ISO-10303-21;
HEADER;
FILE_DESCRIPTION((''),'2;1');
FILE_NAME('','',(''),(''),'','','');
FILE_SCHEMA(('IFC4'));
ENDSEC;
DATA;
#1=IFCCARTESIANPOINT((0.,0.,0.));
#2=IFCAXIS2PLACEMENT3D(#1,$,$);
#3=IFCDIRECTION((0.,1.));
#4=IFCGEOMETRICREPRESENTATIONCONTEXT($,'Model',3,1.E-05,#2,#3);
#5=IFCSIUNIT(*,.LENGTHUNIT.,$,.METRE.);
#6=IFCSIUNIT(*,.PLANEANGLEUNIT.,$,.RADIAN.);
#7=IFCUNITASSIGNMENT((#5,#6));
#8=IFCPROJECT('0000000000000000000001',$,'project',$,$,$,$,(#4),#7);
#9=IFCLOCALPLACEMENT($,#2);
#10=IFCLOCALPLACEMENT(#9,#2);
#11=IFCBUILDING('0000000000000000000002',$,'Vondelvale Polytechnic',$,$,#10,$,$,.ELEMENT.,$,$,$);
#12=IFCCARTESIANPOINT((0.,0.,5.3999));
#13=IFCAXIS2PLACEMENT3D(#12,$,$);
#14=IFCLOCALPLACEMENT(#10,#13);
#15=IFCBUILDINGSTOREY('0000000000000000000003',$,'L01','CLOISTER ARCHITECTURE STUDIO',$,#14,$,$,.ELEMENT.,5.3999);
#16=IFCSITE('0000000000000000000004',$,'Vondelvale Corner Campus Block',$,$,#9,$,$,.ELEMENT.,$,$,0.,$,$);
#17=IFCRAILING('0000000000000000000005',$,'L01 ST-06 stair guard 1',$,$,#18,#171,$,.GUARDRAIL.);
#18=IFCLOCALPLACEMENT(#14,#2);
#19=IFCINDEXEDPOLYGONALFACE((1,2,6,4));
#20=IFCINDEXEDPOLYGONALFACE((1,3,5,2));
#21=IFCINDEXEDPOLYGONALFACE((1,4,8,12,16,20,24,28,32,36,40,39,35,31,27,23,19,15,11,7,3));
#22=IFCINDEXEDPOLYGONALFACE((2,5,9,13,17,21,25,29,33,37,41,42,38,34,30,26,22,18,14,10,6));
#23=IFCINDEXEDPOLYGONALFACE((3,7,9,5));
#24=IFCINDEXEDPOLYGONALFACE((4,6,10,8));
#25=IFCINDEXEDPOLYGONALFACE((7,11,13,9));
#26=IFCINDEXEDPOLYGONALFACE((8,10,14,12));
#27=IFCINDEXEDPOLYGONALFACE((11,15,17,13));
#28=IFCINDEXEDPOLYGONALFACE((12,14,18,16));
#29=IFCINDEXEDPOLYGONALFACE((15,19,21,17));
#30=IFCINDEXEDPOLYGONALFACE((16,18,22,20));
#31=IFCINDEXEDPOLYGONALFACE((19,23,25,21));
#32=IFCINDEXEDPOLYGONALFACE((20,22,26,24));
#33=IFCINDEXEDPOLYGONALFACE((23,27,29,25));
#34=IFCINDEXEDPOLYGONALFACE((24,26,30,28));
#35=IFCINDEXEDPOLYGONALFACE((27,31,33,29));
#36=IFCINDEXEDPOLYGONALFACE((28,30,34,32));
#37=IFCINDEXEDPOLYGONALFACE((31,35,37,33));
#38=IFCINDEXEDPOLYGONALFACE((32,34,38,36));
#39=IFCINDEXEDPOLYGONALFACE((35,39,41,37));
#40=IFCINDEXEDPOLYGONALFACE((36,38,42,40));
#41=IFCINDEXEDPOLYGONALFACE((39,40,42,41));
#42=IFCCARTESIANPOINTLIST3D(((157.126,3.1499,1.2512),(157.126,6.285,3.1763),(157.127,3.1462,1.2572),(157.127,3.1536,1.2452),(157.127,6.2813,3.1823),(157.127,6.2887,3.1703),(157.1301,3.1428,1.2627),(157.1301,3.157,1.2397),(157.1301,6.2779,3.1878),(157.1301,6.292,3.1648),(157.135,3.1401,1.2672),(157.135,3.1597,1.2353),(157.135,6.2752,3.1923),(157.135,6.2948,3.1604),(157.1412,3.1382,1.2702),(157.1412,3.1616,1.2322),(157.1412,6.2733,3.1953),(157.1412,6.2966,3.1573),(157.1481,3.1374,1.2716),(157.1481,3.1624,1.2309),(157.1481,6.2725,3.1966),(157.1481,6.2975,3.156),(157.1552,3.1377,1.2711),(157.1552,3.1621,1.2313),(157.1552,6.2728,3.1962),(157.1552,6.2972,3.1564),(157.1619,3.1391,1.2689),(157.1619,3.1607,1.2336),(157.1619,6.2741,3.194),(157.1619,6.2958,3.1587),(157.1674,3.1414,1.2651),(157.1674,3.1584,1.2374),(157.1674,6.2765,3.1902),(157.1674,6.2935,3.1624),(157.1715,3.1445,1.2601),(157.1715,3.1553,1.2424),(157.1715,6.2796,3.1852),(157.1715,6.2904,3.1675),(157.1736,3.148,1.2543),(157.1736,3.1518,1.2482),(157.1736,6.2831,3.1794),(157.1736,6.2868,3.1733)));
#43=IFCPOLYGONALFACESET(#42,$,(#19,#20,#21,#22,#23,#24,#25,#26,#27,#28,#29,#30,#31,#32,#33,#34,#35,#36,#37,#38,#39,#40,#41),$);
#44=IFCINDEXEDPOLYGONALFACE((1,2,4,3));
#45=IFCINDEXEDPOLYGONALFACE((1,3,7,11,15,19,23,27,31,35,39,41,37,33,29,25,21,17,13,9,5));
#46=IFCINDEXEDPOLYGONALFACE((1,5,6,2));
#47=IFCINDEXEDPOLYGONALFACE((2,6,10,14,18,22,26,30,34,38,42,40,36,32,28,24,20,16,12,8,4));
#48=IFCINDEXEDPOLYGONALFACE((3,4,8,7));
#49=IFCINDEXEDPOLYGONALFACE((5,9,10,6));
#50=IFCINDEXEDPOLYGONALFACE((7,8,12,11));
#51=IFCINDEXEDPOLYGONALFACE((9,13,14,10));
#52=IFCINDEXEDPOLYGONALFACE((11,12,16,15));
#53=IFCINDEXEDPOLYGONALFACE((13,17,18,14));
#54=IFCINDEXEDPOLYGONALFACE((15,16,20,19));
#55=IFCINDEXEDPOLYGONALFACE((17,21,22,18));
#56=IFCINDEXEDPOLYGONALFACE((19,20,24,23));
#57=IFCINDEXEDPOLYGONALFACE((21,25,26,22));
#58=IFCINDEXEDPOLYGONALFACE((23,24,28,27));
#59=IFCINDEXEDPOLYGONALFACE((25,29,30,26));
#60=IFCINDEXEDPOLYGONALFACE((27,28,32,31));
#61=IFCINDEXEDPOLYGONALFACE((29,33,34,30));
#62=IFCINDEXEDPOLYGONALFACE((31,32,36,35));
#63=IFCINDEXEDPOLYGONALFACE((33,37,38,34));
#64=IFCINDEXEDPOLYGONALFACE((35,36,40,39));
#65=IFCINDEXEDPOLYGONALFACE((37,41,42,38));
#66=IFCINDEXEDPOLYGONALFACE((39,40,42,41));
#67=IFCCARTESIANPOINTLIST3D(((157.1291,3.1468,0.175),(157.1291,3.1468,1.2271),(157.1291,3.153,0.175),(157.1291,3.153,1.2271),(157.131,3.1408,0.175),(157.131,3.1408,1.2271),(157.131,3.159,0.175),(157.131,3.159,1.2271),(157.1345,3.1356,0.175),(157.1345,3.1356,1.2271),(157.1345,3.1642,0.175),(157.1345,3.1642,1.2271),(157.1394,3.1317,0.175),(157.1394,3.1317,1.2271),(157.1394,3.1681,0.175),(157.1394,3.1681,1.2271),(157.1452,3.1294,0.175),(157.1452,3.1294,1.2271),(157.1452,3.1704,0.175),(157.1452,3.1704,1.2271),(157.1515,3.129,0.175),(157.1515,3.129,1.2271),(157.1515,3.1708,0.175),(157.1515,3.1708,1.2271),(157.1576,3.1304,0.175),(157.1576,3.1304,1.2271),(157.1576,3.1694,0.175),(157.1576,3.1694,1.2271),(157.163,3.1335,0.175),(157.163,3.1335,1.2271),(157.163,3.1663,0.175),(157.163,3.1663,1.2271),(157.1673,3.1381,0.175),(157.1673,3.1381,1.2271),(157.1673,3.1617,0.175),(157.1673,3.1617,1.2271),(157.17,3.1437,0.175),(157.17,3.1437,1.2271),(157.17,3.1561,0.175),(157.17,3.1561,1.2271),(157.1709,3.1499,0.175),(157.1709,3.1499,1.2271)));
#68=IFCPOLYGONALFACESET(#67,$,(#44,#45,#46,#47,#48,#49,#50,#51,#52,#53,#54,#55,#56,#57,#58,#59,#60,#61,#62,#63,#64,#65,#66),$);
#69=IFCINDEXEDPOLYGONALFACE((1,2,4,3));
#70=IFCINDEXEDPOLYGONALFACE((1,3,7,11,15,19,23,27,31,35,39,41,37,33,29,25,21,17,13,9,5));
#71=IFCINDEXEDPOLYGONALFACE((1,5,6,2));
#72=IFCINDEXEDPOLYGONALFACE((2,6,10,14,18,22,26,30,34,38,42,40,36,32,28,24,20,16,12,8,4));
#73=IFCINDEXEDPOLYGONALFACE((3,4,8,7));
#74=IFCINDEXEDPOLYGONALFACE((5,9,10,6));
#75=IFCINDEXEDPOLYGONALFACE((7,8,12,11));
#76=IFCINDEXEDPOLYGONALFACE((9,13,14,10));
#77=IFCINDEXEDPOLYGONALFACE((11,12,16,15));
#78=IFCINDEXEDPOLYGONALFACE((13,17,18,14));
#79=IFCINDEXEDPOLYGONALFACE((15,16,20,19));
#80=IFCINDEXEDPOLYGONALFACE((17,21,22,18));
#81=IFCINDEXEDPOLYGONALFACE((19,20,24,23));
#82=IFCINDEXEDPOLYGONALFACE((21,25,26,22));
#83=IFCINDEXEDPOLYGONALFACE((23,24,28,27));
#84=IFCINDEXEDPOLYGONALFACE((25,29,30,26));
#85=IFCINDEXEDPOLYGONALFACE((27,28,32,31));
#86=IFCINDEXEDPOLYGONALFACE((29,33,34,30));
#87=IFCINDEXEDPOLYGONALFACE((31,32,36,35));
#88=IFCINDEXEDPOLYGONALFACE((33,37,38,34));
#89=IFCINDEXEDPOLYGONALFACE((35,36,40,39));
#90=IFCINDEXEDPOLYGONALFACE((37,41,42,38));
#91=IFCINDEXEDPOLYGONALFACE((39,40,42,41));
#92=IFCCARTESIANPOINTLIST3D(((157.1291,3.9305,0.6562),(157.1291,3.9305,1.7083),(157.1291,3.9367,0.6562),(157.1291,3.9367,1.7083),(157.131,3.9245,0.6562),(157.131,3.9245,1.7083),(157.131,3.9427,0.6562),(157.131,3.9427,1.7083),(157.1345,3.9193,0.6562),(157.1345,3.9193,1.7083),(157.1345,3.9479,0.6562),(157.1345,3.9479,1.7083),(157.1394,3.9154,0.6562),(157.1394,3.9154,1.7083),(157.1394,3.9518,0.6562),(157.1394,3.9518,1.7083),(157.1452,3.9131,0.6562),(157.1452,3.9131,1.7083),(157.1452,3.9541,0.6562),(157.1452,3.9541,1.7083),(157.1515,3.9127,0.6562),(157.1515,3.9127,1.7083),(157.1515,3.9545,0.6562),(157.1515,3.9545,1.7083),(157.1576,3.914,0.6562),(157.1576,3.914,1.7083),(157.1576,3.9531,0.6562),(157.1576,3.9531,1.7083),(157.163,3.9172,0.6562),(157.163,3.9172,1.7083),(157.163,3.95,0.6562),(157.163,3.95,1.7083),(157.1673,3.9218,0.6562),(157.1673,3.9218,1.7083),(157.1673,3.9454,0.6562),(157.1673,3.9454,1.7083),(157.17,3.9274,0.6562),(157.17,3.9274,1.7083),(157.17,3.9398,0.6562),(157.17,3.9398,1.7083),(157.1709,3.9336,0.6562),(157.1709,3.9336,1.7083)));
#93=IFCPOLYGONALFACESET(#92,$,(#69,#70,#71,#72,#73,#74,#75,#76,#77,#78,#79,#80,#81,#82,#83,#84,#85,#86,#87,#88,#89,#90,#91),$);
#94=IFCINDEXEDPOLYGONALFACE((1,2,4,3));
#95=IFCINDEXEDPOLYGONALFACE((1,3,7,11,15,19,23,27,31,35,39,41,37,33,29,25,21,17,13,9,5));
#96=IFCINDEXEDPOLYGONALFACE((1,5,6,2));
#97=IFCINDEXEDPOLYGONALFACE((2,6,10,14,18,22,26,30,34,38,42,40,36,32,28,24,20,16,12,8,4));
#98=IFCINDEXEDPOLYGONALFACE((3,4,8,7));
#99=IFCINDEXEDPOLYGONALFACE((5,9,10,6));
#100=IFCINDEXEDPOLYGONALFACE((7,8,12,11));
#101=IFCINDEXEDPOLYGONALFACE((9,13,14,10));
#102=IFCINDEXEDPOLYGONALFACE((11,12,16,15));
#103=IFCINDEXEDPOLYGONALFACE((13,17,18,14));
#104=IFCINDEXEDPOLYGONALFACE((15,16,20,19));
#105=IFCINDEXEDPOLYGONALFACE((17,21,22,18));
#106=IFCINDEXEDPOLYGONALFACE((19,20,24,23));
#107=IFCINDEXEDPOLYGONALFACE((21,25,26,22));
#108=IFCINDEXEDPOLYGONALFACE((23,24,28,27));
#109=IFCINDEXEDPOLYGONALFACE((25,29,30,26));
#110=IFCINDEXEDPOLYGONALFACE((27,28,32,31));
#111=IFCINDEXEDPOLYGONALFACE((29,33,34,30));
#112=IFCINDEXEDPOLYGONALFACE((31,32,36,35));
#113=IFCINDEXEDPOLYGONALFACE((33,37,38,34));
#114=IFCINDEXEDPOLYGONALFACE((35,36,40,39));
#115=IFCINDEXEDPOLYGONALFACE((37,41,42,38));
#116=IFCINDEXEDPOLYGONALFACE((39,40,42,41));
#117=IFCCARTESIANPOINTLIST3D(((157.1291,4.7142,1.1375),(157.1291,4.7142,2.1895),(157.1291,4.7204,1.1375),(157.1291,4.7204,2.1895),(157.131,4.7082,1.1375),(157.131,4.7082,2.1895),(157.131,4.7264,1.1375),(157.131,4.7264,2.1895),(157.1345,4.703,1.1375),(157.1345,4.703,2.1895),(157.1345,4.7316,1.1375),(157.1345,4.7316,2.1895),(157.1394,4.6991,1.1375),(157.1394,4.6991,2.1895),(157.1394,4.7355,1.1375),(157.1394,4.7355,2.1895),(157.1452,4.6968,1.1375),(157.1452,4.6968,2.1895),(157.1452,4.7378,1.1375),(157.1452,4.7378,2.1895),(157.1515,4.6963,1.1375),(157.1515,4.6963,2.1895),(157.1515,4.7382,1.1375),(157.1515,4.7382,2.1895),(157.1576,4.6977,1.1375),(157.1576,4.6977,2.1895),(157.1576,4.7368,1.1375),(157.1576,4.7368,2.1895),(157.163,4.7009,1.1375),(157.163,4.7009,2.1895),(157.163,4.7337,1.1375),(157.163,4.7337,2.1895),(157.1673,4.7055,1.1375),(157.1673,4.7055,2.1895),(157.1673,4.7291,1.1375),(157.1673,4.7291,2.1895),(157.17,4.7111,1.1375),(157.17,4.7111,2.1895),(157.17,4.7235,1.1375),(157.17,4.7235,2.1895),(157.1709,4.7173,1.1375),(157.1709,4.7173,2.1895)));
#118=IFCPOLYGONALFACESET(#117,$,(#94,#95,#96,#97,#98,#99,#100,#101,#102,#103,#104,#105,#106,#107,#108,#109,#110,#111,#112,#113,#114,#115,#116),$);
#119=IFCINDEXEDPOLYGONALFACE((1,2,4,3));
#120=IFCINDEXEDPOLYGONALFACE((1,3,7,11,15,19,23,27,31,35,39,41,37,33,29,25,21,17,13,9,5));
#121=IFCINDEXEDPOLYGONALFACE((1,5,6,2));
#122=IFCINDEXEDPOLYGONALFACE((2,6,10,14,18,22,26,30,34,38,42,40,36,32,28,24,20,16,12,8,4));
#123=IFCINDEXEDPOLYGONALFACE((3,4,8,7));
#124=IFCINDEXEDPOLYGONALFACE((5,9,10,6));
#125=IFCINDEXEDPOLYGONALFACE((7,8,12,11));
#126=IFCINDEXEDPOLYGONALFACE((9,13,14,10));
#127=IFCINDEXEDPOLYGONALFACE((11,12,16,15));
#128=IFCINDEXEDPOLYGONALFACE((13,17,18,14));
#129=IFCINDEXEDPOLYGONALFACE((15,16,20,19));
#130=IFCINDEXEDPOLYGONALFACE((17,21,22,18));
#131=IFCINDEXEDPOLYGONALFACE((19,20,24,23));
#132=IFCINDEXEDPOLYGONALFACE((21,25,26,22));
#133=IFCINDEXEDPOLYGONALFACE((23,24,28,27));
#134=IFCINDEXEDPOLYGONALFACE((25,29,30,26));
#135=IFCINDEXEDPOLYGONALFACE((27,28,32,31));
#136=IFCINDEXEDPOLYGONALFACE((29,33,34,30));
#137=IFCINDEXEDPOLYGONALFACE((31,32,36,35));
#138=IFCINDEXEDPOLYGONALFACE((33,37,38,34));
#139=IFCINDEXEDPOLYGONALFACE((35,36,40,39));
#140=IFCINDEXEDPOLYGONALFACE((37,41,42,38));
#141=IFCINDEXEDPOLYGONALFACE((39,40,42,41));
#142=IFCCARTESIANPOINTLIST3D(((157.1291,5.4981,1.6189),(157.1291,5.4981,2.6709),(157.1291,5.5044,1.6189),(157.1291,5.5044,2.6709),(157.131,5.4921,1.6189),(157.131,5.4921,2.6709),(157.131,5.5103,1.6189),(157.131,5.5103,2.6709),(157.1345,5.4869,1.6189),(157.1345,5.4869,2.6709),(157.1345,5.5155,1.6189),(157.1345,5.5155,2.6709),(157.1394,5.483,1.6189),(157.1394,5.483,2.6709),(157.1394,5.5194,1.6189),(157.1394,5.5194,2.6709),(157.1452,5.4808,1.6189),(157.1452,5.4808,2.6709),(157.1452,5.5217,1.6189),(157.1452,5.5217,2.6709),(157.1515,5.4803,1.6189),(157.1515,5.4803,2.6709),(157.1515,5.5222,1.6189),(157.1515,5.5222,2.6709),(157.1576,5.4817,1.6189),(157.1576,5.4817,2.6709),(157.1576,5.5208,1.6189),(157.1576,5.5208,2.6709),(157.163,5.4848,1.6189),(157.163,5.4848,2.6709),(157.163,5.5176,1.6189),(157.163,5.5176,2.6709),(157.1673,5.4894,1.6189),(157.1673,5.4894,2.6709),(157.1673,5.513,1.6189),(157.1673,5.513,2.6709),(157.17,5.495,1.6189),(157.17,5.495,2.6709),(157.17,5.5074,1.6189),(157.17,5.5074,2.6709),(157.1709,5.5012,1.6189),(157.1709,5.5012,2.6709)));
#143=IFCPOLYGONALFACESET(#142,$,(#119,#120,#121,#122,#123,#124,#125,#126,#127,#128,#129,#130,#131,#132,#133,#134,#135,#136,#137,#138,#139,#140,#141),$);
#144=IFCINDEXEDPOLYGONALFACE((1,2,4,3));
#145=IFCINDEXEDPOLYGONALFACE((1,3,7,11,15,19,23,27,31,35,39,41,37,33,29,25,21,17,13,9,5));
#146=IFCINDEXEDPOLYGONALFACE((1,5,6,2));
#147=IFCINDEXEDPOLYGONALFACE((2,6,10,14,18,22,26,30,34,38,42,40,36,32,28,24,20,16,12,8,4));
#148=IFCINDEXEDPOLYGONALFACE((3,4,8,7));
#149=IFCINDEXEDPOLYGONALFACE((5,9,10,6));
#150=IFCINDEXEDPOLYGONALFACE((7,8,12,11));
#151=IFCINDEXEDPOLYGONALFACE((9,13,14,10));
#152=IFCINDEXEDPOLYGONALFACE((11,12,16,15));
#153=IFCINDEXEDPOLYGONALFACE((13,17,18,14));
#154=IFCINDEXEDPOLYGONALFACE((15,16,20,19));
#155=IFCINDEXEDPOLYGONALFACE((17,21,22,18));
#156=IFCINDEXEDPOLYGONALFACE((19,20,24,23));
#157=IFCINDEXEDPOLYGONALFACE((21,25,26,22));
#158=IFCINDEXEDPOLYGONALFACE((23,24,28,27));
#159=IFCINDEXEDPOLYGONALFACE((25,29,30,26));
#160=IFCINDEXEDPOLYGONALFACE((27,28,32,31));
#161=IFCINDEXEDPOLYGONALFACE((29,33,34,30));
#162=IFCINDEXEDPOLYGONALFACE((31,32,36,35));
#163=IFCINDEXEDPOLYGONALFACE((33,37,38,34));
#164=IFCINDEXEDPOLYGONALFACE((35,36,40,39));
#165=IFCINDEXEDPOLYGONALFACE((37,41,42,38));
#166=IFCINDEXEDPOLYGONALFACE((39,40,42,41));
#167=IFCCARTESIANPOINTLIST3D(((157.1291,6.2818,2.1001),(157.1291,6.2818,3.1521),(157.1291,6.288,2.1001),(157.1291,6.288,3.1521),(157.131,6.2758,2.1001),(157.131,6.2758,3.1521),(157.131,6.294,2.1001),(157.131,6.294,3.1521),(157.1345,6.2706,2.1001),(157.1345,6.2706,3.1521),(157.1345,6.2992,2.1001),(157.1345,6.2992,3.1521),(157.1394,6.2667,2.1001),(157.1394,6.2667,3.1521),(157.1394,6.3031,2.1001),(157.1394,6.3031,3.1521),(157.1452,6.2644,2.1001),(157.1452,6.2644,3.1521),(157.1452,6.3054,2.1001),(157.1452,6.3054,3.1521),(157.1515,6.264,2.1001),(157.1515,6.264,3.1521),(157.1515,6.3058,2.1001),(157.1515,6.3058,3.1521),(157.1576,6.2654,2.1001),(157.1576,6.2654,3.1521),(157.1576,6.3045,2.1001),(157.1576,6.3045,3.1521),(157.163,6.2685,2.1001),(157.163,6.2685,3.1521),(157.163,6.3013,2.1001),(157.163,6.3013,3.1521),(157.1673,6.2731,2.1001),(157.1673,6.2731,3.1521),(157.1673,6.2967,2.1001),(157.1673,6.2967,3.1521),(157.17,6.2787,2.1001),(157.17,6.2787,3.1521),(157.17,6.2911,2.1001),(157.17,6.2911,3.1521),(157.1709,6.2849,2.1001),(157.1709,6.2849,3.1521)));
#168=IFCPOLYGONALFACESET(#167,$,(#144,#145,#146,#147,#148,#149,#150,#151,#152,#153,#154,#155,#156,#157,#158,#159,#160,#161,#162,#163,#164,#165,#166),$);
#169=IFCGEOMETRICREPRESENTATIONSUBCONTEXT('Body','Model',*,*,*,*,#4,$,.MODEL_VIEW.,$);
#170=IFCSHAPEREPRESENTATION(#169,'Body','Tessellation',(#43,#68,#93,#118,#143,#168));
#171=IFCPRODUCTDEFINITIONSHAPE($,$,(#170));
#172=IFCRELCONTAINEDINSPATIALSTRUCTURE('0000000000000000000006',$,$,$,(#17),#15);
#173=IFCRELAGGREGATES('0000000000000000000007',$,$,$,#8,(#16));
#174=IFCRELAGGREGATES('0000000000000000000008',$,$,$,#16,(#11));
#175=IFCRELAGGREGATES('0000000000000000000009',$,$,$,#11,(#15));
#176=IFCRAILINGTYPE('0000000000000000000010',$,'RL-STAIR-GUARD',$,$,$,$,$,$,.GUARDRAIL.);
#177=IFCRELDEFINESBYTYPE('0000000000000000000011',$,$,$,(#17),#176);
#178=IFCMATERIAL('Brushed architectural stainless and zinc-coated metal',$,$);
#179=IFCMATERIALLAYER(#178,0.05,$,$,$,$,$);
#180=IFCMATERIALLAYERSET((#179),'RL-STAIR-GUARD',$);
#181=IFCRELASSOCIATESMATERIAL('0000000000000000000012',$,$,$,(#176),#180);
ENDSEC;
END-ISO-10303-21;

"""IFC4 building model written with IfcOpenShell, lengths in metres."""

from ifc_helpers import new_model, si_unit, direction, frame, origin, origin_2d, place, context, subcontext, project, spatial, circle, extrude, material, layer, layer_set, type_object, element, save


model = new_model("IFC4")

# Units and contexts
model_context = context("Model", 3, precision=1e-05, world=origin(), true_north=direction((0.0, 1.0)))
body_context = subcontext(model_context, "Body", "Model", "MODEL_VIEW")
ifc_project = project(units=[si_unit("LENGTHUNIT", "METRE"), si_unit("PLANEANGLEUNIT", "RADIAN")], contexts=[model_context])

# Site, building, storey
site_placement = place(None, origin())
site = spatial("IfcSite", under=ifc_project, at=site_placement, Name="Vondelvale Corner Campus Block", CompositionType="ELEMENT", RefElevation=0.0)
building_placement = place(site_placement, origin())
building = spatial("IfcBuilding", under=site, at=building_placement, Name="Vondelvale Polytechnic", CompositionType="ELEMENT")
storey_placement = place(building_placement, frame((0.0, 0.0, 5.3999)))
storey = spatial("IfcBuildingStorey", under=building, at=storey_placement, Name="L01", Description="CLOISTER ARCHITECTURE STUDIO", CompositionType="ELEMENT", Elevation=5.3999)

# Shared definitions
ifc_material_1 = material(Name="Brushed architectural stainless and zinc-coated metal")

# Railing
ifc_layer_1 = layer(ifc_material_1, 0.05)
ifc_layer_set_1 = layer_set([ifc_layer_1], Name="RL-STAIR-GUARD")
railing_type_1 = type_object("IfcRailingType", Name="RL-STAIR-GUARD", PredefinedType="GUARDRAIL", material=ifc_layer_set_1)
railing_1_placement = place(storey_placement, frame((157.1499, 3.1499, 0.175)))
element("IfcRailing", 1, at=railing_1_placement, inside=storey, type_object=railing_type_1, Name="L01 ST-06 stair guard 1", PredefinedType="GUARDRAIL", context=body_context, shape_type="SweptSolid", body=[
    extrude(circle(Radius=0.0239, at=origin_2d()), frame((0.0, 0.0, 1.0762), z_axis=(0.0, 0.852166, 0.523271), x_axis=(-1.0, 0.0, 0.0)), (0.0, 0.0, 1.0), 3.679),
    extrude(circle(Radius=0.021, at=origin_2d()), origin(), (0.0, 0.0, 1.0), 1.052),
    extrude(circle(Radius=0.021, at=origin_2d()), frame((0.0, 0.7837, 0.4812)), (0.0, 0.0, 1.0), 1.052),
    extrude(circle(Radius=0.021, at=origin_2d()), frame((0.0, 1.5674, 0.9624)), (0.0, 0.0, 1.0), 1.052),
    extrude(circle(Radius=0.021, at=origin_2d()), frame((0.0, 2.3513, 1.4438)), (0.0, 0.0, 1.0), 1.052),
    extrude(circle(Radius=0.021, at=origin_2d()), frame((0.0, 3.135, 1.925)), (0.0, 0.0, 1.0), 1.052),
])

save(model, "model.ifc")
